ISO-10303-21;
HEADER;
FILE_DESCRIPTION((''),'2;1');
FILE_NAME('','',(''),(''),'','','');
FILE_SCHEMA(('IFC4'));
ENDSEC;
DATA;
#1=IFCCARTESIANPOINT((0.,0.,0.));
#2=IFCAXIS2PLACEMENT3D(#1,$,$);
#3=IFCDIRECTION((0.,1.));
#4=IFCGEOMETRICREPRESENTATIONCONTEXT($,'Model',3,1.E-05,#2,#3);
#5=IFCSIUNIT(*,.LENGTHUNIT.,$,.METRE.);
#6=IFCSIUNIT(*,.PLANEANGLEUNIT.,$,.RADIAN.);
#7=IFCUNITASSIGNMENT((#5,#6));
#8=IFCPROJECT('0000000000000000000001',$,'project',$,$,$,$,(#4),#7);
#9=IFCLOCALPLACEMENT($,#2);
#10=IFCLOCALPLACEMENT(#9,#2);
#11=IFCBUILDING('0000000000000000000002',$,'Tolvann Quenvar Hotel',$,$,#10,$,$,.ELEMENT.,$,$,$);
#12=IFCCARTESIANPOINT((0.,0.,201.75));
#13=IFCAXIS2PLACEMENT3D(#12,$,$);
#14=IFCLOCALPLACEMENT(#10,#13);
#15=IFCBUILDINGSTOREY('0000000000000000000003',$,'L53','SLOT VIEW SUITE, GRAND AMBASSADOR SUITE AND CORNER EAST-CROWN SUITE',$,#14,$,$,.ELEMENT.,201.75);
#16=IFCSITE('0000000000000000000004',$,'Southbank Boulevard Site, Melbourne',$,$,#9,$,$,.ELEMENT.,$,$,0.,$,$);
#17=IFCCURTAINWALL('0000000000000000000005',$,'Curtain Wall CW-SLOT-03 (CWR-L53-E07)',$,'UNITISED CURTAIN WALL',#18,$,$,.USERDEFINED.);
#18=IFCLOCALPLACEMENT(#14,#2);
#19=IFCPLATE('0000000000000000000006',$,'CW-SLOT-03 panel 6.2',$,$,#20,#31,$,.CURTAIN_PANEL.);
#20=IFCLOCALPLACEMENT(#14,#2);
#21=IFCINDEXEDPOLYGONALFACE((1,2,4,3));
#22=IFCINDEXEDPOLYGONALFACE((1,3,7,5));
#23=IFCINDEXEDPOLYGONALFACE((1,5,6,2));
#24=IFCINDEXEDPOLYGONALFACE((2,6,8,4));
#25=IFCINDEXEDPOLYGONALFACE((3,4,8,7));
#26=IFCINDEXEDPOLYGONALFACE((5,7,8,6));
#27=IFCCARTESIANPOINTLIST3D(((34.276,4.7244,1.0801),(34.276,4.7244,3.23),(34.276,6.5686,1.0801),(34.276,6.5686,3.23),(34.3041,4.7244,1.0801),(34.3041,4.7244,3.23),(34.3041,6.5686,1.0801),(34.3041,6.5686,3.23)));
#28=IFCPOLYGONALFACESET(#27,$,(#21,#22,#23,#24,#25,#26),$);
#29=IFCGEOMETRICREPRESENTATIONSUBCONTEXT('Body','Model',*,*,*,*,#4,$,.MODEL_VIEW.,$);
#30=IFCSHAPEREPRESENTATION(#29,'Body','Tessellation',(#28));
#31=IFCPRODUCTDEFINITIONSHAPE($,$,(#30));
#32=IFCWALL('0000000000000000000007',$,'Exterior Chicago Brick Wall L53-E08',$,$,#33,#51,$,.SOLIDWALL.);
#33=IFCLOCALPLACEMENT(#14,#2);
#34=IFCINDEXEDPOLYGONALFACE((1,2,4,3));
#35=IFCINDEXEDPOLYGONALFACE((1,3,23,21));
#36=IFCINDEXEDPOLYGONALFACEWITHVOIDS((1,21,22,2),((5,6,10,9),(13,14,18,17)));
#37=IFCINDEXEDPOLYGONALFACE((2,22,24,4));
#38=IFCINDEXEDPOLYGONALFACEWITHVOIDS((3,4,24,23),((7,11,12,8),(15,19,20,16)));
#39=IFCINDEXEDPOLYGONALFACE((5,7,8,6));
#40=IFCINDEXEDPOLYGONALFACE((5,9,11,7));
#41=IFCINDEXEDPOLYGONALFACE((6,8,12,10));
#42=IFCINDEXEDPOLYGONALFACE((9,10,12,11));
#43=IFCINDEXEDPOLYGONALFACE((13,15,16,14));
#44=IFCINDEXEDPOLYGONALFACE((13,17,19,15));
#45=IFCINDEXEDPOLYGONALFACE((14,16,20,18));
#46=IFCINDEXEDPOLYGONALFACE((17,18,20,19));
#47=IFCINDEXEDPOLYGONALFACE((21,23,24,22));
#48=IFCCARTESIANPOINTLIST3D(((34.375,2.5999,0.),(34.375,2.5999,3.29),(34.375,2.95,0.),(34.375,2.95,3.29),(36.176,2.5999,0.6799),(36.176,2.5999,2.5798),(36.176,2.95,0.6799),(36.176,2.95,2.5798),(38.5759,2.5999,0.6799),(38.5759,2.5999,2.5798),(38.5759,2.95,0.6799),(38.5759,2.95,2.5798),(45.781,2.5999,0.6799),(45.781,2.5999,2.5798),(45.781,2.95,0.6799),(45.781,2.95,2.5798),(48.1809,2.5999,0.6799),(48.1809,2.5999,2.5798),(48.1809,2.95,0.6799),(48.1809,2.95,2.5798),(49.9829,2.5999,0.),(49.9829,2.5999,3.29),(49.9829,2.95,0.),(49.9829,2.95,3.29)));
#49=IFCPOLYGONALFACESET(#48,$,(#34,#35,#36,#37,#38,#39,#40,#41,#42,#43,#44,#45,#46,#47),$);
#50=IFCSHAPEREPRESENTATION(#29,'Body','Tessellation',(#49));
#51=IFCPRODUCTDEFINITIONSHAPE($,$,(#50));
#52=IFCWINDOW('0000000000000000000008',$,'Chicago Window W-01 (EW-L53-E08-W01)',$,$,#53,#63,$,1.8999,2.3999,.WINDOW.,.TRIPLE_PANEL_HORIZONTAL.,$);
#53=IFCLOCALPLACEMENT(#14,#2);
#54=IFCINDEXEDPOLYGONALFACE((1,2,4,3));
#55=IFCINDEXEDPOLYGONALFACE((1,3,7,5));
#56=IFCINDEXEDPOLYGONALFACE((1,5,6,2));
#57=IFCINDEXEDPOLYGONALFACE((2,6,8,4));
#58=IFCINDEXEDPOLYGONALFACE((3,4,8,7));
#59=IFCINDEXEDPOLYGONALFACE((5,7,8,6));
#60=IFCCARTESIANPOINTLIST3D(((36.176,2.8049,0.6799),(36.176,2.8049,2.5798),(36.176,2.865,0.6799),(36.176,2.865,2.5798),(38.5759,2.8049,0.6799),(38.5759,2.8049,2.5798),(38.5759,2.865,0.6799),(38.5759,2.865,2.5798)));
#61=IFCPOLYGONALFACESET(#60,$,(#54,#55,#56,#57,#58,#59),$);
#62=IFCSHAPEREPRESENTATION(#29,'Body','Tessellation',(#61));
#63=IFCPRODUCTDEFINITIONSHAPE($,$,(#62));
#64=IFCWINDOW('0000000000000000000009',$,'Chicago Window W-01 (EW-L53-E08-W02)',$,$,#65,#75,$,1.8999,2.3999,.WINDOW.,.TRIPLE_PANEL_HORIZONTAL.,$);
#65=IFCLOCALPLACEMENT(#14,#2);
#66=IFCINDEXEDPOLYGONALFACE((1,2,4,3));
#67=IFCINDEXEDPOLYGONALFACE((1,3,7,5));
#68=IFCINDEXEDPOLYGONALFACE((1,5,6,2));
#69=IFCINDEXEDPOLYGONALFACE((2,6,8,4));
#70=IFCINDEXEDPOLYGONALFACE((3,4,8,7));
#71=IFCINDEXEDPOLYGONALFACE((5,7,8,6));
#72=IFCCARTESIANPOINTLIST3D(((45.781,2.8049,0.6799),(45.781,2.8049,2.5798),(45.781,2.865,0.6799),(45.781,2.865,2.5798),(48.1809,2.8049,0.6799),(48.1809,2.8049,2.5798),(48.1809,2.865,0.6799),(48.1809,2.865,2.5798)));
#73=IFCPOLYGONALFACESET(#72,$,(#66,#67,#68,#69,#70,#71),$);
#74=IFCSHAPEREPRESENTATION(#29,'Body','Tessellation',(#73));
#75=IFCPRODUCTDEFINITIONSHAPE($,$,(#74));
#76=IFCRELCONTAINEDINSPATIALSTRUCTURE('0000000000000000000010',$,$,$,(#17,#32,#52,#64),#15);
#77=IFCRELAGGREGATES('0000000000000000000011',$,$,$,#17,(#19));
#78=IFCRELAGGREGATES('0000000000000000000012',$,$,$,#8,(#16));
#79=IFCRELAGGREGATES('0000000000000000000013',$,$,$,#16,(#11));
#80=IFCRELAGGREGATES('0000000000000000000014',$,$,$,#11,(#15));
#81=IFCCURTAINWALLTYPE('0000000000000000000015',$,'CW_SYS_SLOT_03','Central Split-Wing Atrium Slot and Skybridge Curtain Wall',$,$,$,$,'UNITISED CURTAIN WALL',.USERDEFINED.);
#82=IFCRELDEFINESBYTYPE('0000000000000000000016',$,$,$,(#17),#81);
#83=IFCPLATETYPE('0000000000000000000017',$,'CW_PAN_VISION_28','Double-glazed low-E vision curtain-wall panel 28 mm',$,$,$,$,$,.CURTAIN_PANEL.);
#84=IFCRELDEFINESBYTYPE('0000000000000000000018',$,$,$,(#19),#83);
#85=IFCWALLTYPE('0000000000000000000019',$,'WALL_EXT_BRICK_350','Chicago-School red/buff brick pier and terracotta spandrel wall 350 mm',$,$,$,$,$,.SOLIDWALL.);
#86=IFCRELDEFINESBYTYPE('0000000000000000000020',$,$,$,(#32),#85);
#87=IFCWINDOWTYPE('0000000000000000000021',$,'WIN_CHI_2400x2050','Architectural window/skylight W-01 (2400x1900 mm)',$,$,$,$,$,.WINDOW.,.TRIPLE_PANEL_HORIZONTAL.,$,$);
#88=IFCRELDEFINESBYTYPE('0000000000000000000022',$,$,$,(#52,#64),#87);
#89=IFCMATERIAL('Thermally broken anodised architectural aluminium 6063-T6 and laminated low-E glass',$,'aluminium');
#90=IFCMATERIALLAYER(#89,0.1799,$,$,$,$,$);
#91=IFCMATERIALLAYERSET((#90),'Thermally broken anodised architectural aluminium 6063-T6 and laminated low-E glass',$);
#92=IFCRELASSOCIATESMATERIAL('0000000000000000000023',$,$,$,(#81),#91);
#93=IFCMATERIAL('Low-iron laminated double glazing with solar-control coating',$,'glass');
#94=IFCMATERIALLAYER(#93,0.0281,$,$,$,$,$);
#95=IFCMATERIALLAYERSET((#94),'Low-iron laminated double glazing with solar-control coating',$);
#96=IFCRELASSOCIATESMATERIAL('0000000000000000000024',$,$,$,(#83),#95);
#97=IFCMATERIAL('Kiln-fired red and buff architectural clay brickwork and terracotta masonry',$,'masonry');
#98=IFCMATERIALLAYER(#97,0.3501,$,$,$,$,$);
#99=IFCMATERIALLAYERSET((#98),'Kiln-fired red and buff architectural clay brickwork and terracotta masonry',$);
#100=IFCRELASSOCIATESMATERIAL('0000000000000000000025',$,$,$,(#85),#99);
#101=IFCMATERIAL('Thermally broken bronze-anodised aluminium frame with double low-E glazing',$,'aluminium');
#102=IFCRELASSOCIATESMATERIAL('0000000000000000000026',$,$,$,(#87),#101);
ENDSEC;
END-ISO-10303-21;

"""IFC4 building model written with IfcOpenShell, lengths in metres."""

from ifc_helpers import new_model, si_unit, direction, frame, frame_2d, origin, origin_2d, place, context, subcontext, project, spatial, rectangle, extrude, source, transform, mapped, material, layer, layer_set, type_object, type_shapes, element, fill, aggregate, save


model = new_model("IFC4")

# Units and contexts
model_context = context("Model", 3, precision=1e-05, world=origin(), true_north=direction((0.0, 1.0)))
body_context = subcontext(model_context, "Body", "Model", "MODEL_VIEW")
ifc_project = project(units=[si_unit("LENGTHUNIT", "METRE"), si_unit("PLANEANGLEUNIT", "RADIAN")], contexts=[model_context])

# Site, building, storey
site_placement = place(None, origin())
site = spatial("IfcSite", under=ifc_project, at=site_placement, Name="Southbank Boulevard Site, Melbourne", CompositionType="ELEMENT", RefElevation=0.0)
building_placement = place(site_placement, origin())
building = spatial("IfcBuilding", under=site, at=building_placement, Name="Tolvann Quenvar Hotel", CompositionType="ELEMENT")
storey_placement = place(building_placement, frame((0.0, 0.0, 201.75)))
storey = spatial("IfcBuildingStorey", under=building, at=storey_placement, Name="L53", Description="SLOT VIEW SUITE, GRAND AMBASSADOR SUITE AND CORNER EAST-CROWN SUITE", CompositionType="ELEMENT", Elevation=201.75)

# Curtain wall, plate
ifc_material_1 = material(Name="Thermally broken anodised architectural aluminium 6063-T6 and laminated low-E glass", Category="aluminium")
ifc_layer_1 = layer(ifc_material_1, 0.1799)
ifc_layer_set_1 = layer_set([ifc_layer_1], Name="Thermally broken anodised architectural aluminium 6063-T6 and laminated low-E glass")
curtain_wall_type = type_object("IfcCurtainWallType", Name="CW_SYS_SLOT_03", Description="Central Split-Wing Atrium Slot and Skybridge Curtain Wall", ElementType="UNITISED CURTAIN WALL", PredefinedType="USERDEFINED", material=ifc_layer_set_1)
curtain_wall_placement = place(storey_placement, origin())
curtain_wall = element("IfcCurtainWall", 1, at=curtain_wall_placement, inside=storey, type_object=curtain_wall_type, Name="Curtain Wall CW-SLOT-03 (CWR-L53-E07)", ObjectType="UNITISED CURTAIN WALL", PredefinedType="USERDEFINED")
ifc_material_2 = material(Name="Low-iron laminated double glazing with solar-control coating", Category="glass")
ifc_layer_2 = layer(ifc_material_2, 0.0281)
ifc_layer_set_2 = layer_set([ifc_layer_2], Name="Low-iron laminated double glazing with solar-control coating")
plate_type = type_object("IfcPlateType", Name="CW_PAN_VISION_28", Description="Double-glazed low-E vision curtain-wall panel 28 mm", PredefinedType="CURTAIN_PANEL", material=ifc_layer_set_2)
shared_shape_1 = source(origin(), body_context, "Body", "SweptSolid", [
    extrude(rectangle(XDim=1.8442, YDim=0.0281, at=origin_2d()), origin(), (0.0, 0.0, 1.0), 2.1499),
])
plate_1_placement = place(storey_placement, frame((34.29, 5.6465, 1.0801), z_axis=(0.0, 0.0, 1.0), x_axis=(0.0, -1.0, 0.0)))
plate_1 = element("IfcPlate", 2, at=plate_1_placement, type_object=plate_type, Name="CW-SLOT-03 panel 6.2", PredefinedType="CURTAIN_PANEL", context=body_context, shape_type="MappedRepresentation", body=[
    mapped(shared_shape_1, transform((0.0, 0.0, 0.0), x_axis=(1.0, 0.0, 0.0), y_axis=(0.0, 1.0, 0.0), z_axis=(0.0, 0.0, 1.0), scale=1.0)),
])
aggregate(curtain_wall, [plate_1])

# Wall, openings, windows
ifc_material_3 = material(Name="Kiln-fired red and buff architectural clay brickwork and terracotta masonry", Category="masonry")
ifc_layer_3 = layer(ifc_material_3, 0.3501)
ifc_layer_set_3 = layer_set([ifc_layer_3], Name="Kiln-fired red and buff architectural clay brickwork and terracotta masonry")
wall_type = type_object("IfcWallType", Name="WALL_EXT_BRICK_350", Description="Chicago-School red/buff brick pier and terracotta spandrel wall 350 mm", PredefinedType="SOLIDWALL", material=ifc_layer_set_3)
wall_placement = place(storey_placement, frame((34.375, 2.7749, 0.0), z_axis=(0.0, 0.0, 1.0), x_axis=(1.0, 0.0, 0.0)))
wall = element("IfcWall", 3, at=wall_placement, inside=storey, type_object=wall_type, Name="Exterior Chicago Brick Wall L53-E08", PredefinedType="SOLIDWALL", context=body_context, shape_type="SweptSolid", body=[
    extrude(rectangle(XDim=15.6079, YDim=0.3501, at=frame_2d((7.804, 0.0))), origin(), (0.0, 0.0, 1.0), 3.29),
])
opening_1_placement = place(wall_placement, frame((1.801, 0.0, 0.6799)))
opening_1 = element("IfcOpeningElement", 4, at=opening_1_placement, cuts=wall, PredefinedType="OPENING", context=body_context, shape_type="SweptSolid", body=[
    extrude(rectangle(XDim=2.3999, YDim=1.8999, at=frame_2d((1.2, 0.95))), frame((0.0, 0.1851, 0.0), z_axis=(0.0, -1.0, 0.0), x_axis=(1.0, 0.0, 0.0)), (0.0, 0.0, 1.0), 0.3701),
])
opening_2_placement = place(wall_placement, frame((11.406, 0.0, 0.6799)))
opening_2 = element("IfcOpeningElement", 5, at=opening_2_placement, cuts=wall, PredefinedType="OPENING", context=body_context, shape_type="SweptSolid", body=[
    extrude(rectangle(XDim=2.3999, YDim=1.8999, at=frame_2d((1.2, 0.95))), frame((0.0, 0.1851, 0.0), z_axis=(0.0, -1.0, 0.0), x_axis=(1.0, 0.0, 0.0)), (0.0, 0.0, 1.0), 0.3701),
])
ifc_material_4 = material(Name="Thermally broken bronze-anodised aluminium frame with double low-E glazing", Category="aluminium")
window_type = type_object("IfcWindowType", Name="WIN_CHI_2400x2050", Description="Architectural window/skylight W-01 (2400x1900 mm)", PartitioningType="TRIPLE_PANEL_HORIZONTAL", PredefinedType="WINDOW", material=ifc_material_4)
shared_shape_2 = source(origin(), body_context, "Body", "SweptSolid", [
    extrude(rectangle(XDim=2.3999, YDim=1.8999, at=frame_2d((1.2, 0.95))), frame((0.0, 0.0901, 0.0), z_axis=(0.0, -1.0, 0.0), x_axis=(1.0, 0.0, 0.0)), (0.0, 0.0, 1.0), 0.0601),
])
type_shapes(window_type, [shared_shape_2])
window_1_placement = place(opening_1_placement, origin())
window_1 = element("IfcWindow", 6, at=window_1_placement, inside=storey, type_object=window_type, Name="Chicago Window W-01 (EW-L53-E08-W01)", OverallHeight=1.8999, OverallWidth=2.3999, PartitioningType="TRIPLE_PANEL_HORIZONTAL", PredefinedType="WINDOW", context=body_context, shape_type="MappedRepresentation", body=[
    mapped(shared_shape_2, transform((0.0, 0.0, 0.0), x_axis=(1.0, 0.0, 0.0), y_axis=(0.0, 1.0, 0.0), z_axis=(0.0, 0.0, 1.0), scale=1.0)),
])
fill(opening_1, window_1)
window_2_placement = place(opening_2_placement, origin())
window_2 = element("IfcWindow", 7, at=window_2_placement, inside=storey, type_object=window_type, Name="Chicago Window W-01 (EW-L53-E08-W02)", OverallHeight=1.8999, OverallWidth=2.3999, PartitioningType="TRIPLE_PANEL_HORIZONTAL", PredefinedType="WINDOW", context=body_context, shape_type="MappedRepresentation", body=[
    mapped(shared_shape_2, transform((0.0, 0.0, 0.0), x_axis=(1.0, 0.0, 0.0), y_axis=(0.0, 1.0, 0.0), z_axis=(0.0, 0.0, 1.0), scale=1.0)),
])
fill(opening_2, window_2)

save(model, "model.ifc")
